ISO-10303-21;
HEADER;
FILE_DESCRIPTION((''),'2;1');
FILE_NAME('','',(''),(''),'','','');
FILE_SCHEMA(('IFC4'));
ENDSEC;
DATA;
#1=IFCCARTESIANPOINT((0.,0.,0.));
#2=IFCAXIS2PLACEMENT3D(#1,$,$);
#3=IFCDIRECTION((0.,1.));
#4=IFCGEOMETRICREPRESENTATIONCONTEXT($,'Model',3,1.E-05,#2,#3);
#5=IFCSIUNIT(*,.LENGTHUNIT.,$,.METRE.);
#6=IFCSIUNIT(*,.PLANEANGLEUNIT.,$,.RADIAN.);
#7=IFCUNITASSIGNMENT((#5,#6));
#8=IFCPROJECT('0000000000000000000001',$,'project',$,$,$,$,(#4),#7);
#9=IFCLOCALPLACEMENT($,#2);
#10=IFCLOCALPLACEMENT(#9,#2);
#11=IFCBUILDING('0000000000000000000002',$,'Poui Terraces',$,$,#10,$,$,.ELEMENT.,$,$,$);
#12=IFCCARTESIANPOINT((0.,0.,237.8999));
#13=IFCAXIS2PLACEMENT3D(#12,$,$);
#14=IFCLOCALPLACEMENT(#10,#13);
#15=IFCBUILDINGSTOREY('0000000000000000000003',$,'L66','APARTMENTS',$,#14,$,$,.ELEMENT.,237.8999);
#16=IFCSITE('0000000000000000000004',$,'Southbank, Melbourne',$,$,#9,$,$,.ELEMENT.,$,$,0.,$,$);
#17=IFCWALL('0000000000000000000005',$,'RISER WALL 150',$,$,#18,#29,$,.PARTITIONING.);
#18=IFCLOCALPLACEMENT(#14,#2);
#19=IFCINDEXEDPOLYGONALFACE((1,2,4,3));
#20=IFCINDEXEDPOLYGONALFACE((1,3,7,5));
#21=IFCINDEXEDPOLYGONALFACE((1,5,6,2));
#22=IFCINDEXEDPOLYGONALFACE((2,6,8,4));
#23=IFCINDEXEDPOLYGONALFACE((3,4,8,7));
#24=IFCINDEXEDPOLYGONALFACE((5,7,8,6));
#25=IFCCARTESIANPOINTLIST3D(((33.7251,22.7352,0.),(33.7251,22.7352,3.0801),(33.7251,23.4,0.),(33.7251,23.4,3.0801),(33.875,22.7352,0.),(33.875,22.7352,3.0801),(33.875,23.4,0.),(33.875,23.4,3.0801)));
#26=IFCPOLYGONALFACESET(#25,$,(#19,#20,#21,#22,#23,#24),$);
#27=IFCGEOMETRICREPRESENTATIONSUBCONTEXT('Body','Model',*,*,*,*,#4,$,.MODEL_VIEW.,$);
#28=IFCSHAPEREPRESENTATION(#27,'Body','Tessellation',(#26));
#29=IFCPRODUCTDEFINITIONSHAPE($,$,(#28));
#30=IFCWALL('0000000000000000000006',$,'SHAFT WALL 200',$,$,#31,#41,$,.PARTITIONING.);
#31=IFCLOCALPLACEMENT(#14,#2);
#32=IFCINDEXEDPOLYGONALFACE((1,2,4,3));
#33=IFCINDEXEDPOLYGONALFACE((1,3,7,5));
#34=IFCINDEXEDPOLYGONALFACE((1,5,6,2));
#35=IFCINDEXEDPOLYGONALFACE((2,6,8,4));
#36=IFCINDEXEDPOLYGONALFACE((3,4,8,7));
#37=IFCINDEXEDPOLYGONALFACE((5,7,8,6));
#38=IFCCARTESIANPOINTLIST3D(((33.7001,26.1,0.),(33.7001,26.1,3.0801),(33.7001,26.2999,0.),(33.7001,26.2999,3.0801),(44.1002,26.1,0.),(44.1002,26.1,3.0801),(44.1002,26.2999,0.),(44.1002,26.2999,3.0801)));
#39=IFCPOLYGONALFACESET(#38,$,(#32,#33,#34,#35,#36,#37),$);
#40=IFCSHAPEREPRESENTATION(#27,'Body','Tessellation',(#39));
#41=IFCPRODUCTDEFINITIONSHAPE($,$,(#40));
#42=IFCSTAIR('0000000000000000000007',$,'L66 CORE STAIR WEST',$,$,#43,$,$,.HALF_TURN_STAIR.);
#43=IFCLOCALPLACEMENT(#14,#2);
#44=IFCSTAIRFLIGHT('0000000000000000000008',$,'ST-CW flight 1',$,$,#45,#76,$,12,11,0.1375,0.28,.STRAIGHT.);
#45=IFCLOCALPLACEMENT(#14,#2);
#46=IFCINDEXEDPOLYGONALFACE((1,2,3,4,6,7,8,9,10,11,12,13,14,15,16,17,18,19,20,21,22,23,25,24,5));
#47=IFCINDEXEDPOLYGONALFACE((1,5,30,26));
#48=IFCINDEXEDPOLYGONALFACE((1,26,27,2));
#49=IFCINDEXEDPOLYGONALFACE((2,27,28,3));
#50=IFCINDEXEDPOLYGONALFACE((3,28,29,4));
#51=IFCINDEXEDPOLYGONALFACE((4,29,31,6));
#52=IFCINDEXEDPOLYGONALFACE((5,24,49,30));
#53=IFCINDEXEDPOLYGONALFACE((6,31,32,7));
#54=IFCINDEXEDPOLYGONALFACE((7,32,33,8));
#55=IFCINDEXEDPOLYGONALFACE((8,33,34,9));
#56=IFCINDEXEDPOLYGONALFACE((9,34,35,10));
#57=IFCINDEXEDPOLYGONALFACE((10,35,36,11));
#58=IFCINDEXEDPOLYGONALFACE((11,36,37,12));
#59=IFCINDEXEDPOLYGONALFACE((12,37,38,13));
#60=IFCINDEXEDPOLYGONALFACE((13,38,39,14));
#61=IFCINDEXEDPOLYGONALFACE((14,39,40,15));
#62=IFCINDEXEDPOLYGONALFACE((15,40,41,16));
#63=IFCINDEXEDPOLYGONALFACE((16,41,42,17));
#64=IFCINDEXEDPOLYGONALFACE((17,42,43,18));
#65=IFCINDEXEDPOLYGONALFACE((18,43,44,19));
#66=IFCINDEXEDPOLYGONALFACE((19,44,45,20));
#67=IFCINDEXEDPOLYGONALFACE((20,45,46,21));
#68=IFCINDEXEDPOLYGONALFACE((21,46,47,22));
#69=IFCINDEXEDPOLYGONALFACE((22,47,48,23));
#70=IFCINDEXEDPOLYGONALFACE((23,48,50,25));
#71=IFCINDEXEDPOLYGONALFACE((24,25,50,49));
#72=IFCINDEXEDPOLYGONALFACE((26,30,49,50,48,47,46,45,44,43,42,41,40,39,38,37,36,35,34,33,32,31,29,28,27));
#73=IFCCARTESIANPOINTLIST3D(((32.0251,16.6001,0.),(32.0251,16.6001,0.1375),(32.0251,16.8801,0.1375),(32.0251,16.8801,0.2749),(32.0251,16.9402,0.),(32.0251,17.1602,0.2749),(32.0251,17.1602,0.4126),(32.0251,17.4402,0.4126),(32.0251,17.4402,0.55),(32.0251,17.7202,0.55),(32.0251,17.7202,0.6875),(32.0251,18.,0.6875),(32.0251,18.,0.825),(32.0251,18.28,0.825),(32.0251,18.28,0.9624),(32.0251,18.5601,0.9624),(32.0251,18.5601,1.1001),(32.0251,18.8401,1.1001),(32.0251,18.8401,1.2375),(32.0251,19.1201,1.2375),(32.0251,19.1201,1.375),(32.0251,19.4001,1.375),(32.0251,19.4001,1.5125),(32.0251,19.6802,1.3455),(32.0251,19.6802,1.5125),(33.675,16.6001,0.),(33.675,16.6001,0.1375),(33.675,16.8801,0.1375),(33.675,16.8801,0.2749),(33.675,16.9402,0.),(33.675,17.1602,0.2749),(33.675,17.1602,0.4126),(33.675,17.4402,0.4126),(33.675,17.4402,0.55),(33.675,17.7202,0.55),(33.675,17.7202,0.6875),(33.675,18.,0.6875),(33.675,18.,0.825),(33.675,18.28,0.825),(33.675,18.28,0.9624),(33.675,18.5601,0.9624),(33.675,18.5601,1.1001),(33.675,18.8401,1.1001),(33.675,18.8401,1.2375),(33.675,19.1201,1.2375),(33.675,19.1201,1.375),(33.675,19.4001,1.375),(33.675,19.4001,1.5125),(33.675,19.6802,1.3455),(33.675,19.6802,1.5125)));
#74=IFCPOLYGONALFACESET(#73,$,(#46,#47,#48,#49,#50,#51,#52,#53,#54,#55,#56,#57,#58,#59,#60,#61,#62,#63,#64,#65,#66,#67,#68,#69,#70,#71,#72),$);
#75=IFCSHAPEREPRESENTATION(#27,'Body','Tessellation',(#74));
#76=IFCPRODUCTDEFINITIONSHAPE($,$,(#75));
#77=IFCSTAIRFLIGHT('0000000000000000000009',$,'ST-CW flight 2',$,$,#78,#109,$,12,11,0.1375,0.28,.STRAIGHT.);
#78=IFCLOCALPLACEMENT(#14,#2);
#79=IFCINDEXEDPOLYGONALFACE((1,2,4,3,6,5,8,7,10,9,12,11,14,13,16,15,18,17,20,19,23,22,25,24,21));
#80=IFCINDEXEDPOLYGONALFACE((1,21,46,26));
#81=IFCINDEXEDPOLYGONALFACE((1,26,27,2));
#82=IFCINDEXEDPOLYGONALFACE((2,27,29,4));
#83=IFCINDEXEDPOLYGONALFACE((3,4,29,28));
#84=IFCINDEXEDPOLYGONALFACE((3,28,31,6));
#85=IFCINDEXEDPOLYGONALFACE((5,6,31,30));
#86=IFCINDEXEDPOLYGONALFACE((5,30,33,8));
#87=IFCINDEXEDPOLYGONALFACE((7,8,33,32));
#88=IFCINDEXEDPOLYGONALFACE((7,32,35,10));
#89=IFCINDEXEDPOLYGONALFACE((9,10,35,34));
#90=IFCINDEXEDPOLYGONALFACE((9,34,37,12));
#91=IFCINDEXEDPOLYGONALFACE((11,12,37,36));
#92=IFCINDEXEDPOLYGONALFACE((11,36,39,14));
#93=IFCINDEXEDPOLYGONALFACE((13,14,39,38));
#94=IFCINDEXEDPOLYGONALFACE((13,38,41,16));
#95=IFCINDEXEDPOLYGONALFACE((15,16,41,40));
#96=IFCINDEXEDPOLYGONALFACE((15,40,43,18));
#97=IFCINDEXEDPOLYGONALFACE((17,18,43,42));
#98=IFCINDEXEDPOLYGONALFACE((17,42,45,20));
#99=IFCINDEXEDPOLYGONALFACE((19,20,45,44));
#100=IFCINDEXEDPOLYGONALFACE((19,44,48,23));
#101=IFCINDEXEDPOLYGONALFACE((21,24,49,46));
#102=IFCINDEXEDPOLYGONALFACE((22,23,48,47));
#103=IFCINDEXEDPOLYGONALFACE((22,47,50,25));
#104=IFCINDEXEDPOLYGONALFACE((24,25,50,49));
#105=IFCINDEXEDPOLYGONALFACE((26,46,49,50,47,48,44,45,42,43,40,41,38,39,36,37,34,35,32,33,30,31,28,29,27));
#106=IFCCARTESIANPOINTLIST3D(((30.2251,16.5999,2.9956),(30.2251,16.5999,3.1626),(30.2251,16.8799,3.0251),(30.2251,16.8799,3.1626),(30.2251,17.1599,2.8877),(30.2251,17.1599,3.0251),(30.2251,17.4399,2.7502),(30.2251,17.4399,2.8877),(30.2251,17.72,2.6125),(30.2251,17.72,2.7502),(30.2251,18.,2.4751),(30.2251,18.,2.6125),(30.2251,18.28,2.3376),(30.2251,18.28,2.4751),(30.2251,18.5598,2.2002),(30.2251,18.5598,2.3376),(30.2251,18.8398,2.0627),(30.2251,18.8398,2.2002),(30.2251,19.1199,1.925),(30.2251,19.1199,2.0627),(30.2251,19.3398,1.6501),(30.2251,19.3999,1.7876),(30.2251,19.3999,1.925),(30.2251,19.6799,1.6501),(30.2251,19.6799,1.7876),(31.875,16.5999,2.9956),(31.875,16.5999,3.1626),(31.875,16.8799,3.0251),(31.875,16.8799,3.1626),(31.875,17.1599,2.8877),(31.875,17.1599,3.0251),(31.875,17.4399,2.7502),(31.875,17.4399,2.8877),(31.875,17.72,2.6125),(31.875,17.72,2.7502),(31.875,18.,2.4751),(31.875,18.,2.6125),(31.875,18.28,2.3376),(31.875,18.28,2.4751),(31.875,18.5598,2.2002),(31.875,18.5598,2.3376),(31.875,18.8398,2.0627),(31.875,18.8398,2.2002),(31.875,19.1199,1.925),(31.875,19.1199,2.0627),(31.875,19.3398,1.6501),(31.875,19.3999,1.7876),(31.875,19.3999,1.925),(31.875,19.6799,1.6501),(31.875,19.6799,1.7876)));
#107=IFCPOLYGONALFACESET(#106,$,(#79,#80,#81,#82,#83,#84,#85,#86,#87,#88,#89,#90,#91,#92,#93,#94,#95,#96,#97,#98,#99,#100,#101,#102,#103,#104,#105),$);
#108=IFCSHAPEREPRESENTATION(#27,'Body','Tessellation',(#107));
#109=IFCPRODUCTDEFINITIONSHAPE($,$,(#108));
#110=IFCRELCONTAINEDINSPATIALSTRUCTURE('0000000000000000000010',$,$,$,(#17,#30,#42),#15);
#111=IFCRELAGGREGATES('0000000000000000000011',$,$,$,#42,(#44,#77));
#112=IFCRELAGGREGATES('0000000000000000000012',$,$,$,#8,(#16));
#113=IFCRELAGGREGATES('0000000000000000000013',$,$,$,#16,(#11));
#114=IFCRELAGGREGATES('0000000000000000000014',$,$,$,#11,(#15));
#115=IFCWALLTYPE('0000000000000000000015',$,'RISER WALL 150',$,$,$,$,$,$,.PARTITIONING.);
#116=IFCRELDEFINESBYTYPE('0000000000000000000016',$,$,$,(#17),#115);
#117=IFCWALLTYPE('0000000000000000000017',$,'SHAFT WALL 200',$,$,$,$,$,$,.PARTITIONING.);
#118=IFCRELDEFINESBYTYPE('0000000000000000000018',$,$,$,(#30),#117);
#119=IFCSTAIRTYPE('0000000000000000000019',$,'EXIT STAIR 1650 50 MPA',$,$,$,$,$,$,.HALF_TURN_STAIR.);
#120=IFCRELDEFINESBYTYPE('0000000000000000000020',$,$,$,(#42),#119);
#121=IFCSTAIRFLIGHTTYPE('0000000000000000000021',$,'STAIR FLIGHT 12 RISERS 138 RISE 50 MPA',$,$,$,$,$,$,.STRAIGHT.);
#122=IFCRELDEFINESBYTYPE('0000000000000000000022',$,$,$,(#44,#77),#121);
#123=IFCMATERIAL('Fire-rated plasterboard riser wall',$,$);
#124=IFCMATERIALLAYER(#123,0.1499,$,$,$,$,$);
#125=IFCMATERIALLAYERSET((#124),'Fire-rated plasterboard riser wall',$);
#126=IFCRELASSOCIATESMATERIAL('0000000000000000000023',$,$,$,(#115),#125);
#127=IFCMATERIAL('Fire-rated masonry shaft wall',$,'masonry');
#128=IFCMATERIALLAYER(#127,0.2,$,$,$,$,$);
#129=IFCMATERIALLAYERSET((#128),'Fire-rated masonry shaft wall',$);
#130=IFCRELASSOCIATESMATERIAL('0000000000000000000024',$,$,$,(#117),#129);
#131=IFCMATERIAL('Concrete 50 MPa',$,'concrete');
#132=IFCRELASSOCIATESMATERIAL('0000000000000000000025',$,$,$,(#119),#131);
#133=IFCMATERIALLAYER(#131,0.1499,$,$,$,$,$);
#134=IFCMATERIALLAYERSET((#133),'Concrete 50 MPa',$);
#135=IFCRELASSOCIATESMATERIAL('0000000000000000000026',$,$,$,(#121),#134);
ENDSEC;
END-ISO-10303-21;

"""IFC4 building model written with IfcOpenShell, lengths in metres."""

from ifc_helpers import new_model, si_unit, direction, frame, frame_2d, origin, place, context, subcontext, project, spatial, polyline, rectangle, outline, extrude, material, layer, layer_set, type_object, element, aggregate, save


model = new_model("IFC4")

# Units and contexts
model_context = context("Model", 3, precision=1e-05, world=origin(), true_north=direction((0.0, 1.0)))
body_context = subcontext(model_context, "Body", "Model", "MODEL_VIEW")
ifc_project = project(units=[si_unit("LENGTHUNIT", "METRE"), si_unit("PLANEANGLEUNIT", "RADIAN")], contexts=[model_context])

# Site, building, storey
site_placement = place(None, origin())
site = spatial("IfcSite", under=ifc_project, at=site_placement, Name="Southbank, Melbourne", CompositionType="ELEMENT", RefElevation=0.0)
building_placement = place(site_placement, origin())
building = spatial("IfcBuilding", under=site, at=building_placement, Name="Poui Terraces", CompositionType="ELEMENT")
storey_placement = place(building_placement, frame((0.0, 0.0, 237.8999)))
storey = spatial("IfcBuildingStorey", under=building, at=storey_placement, Name="L66", Description="APARTMENTS", CompositionType="ELEMENT", Elevation=237.8999)

# Walls
ifc_material_1 = material(Name="Fire-rated plasterboard riser wall")
ifc_layer_1 = layer(ifc_material_1, 0.1499)
ifc_layer_set_1 = layer_set([ifc_layer_1], Name="Fire-rated plasterboard riser wall")
wall_type_1 = type_object("IfcWallType", Name="RISER WALL 150", PredefinedType="PARTITIONING", material=ifc_layer_set_1)
wall_1_placement = place(storey_placement, frame((33.8, 22.7351, 0.0), z_axis=(0.0, 0.0, 1.0), x_axis=(0.0, 1.0, 0.0)))
element("IfcWall", 1, at=wall_1_placement, inside=storey, type_object=wall_type_1, Name="RISER WALL 150", PredefinedType="PARTITIONING", context=body_context, shape_type="SweptSolid", body=[
    extrude(rectangle(XDim=0.6648, YDim=0.1499, at=frame_2d((0.3325, 0.0))), origin(), (0.0, 0.0, 1.0), 3.0801),
])
ifc_material_2 = material(Name="Fire-rated masonry shaft wall", Category="masonry")
ifc_layer_2 = layer(ifc_material_2, 0.2)
ifc_layer_set_2 = layer_set([ifc_layer_2], Name="Fire-rated masonry shaft wall")
wall_type_2 = type_object("IfcWallType", Name="SHAFT WALL 200", PredefinedType="PARTITIONING", material=ifc_layer_set_2)
wall_2_placement = place(storey_placement, frame((33.7, 26.2, 0.0), z_axis=(0.0, 0.0, 1.0), x_axis=(1.0, 0.0, 0.0)))
element("IfcWall", 2, at=wall_2_placement, inside=storey, type_object=wall_type_2, Name="SHAFT WALL 200", PredefinedType="PARTITIONING", context=body_context, shape_type="SweptSolid", body=[
    extrude(rectangle(XDim=10.4001, YDim=0.2, at=frame_2d((5.2002, 0.0))), origin(), (0.0, 0.0, 1.0), 3.0801),
])

# Stair, stair flights
ifc_material_3 = material(Name="Concrete 50 MPa", Category="concrete")
stair_type = type_object("IfcStairType", Name="EXIT STAIR 1650 50 MPA", PredefinedType="HALF_TURN_STAIR", material=ifc_material_3)
stair_placement = place(storey_placement, origin())
stair = element("IfcStair", 3, at=stair_placement, inside=storey, type_object=stair_type, Name="L66 CORE STAIR WEST", PredefinedType="HALF_TURN_STAIR")
ifc_layer_3 = layer(ifc_material_3, 0.1499)
ifc_layer_set_3 = layer_set([ifc_layer_3], Name="Concrete 50 MPa")
stair_flight_type = type_object("IfcStairFlightType", Name="STAIR FLIGHT 12 RISERS 138 RISE 50 MPA", PredefinedType="STRAIGHT", material=ifc_layer_set_3)
stair_flight_1_placement = place(storey_placement, frame((32.8501, 16.6001, 0.0), z_axis=(0.0, 0.0, 1.0), x_axis=(0.0, 1.0, 0.0)))
stair_flight_1 = element("IfcStairFlight", 4, at=stair_flight_1_placement, type_object=stair_flight_type, Name="ST-CW flight 1", NumberOfRisers=12, NumberOfTreads=11, PredefinedType="STRAIGHT", RiserHeight=0.1375, TreadLength=0.28, context=body_context, shape_type="SweptSolid", body=[
    extrude(outline(polyline([(0.0, 0.0), (0.0, 0.1375), (0.28, 0.1375), (0.28, 0.2749), (0.5601, 0.2749), (0.5601, 0.4126), (0.8401, 0.4126), (0.8401, 0.55), (1.1201, 0.55), (1.1201, 0.6875), (1.3999, 0.6875), (1.3999, 0.825), (1.6799, 0.825), (1.6799, 0.9624), (1.96, 0.9624), (1.96, 1.1001), (2.24, 1.1001), (2.24, 1.2375), (2.52, 1.2375), (2.52, 1.375), (2.8, 1.375), (2.8, 1.5125), (3.0801, 1.5125), (3.0801, 1.6499), (3.0801, 1.3455), (0.3401, 0.0), (0.0, 0.0)])), frame((0.0, 0.825, 0.0), z_axis=(0.0, -1.0, 0.0), x_axis=(1.0, 0.0, 0.0)), (0.0, 0.0, 1.0), 1.6499),
])
stair_flight_2_placement = place(storey_placement, frame((31.05, 19.6799, 1.6501), z_axis=(0.0, 0.0, 1.0), x_axis=(0.0, -1.0, 0.0)))
stair_flight_2 = element("IfcStairFlight", 5, at=stair_flight_2_placement, type_object=stair_flight_type, Name="ST-CW flight 2", NumberOfRisers=12, NumberOfTreads=11, PredefinedType="STRAIGHT", RiserHeight=0.1375, TreadLength=0.28, context=body_context, shape_type="SweptSolid", body=[
    extrude(outline(polyline([(0.0, 0.0), (0.0, 0.1375), (0.28, 0.1375), (0.28, 0.2749), (0.5601, 0.2749), (0.5601, 0.4126), (0.8401, 0.4126), (0.8401, 0.55), (1.1201, 0.55), (1.1201, 0.6875), (1.3999, 0.6875), (1.3999, 0.825), (1.6799, 0.825), (1.6799, 0.9624), (1.96, 0.9624), (1.96, 1.1001), (2.24, 1.1001), (2.24, 1.2375), (2.52, 1.2375), (2.52, 1.375), (2.8, 1.375), (2.8, 1.5125), (3.0801, 1.5125), (3.0801, 1.6499), (3.0801, 1.3455), (0.3401, 0.0), (0.0, 0.0)])), frame((0.0, 0.825, 0.0), z_axis=(0.0, -1.0, 0.0), x_axis=(1.0, 0.0, 0.0)), (0.0, 0.0, 1.0), 1.6499),
])
aggregate(stair, [stair_flight_1, stair_flight_2])

save(model, "model.ifc")
